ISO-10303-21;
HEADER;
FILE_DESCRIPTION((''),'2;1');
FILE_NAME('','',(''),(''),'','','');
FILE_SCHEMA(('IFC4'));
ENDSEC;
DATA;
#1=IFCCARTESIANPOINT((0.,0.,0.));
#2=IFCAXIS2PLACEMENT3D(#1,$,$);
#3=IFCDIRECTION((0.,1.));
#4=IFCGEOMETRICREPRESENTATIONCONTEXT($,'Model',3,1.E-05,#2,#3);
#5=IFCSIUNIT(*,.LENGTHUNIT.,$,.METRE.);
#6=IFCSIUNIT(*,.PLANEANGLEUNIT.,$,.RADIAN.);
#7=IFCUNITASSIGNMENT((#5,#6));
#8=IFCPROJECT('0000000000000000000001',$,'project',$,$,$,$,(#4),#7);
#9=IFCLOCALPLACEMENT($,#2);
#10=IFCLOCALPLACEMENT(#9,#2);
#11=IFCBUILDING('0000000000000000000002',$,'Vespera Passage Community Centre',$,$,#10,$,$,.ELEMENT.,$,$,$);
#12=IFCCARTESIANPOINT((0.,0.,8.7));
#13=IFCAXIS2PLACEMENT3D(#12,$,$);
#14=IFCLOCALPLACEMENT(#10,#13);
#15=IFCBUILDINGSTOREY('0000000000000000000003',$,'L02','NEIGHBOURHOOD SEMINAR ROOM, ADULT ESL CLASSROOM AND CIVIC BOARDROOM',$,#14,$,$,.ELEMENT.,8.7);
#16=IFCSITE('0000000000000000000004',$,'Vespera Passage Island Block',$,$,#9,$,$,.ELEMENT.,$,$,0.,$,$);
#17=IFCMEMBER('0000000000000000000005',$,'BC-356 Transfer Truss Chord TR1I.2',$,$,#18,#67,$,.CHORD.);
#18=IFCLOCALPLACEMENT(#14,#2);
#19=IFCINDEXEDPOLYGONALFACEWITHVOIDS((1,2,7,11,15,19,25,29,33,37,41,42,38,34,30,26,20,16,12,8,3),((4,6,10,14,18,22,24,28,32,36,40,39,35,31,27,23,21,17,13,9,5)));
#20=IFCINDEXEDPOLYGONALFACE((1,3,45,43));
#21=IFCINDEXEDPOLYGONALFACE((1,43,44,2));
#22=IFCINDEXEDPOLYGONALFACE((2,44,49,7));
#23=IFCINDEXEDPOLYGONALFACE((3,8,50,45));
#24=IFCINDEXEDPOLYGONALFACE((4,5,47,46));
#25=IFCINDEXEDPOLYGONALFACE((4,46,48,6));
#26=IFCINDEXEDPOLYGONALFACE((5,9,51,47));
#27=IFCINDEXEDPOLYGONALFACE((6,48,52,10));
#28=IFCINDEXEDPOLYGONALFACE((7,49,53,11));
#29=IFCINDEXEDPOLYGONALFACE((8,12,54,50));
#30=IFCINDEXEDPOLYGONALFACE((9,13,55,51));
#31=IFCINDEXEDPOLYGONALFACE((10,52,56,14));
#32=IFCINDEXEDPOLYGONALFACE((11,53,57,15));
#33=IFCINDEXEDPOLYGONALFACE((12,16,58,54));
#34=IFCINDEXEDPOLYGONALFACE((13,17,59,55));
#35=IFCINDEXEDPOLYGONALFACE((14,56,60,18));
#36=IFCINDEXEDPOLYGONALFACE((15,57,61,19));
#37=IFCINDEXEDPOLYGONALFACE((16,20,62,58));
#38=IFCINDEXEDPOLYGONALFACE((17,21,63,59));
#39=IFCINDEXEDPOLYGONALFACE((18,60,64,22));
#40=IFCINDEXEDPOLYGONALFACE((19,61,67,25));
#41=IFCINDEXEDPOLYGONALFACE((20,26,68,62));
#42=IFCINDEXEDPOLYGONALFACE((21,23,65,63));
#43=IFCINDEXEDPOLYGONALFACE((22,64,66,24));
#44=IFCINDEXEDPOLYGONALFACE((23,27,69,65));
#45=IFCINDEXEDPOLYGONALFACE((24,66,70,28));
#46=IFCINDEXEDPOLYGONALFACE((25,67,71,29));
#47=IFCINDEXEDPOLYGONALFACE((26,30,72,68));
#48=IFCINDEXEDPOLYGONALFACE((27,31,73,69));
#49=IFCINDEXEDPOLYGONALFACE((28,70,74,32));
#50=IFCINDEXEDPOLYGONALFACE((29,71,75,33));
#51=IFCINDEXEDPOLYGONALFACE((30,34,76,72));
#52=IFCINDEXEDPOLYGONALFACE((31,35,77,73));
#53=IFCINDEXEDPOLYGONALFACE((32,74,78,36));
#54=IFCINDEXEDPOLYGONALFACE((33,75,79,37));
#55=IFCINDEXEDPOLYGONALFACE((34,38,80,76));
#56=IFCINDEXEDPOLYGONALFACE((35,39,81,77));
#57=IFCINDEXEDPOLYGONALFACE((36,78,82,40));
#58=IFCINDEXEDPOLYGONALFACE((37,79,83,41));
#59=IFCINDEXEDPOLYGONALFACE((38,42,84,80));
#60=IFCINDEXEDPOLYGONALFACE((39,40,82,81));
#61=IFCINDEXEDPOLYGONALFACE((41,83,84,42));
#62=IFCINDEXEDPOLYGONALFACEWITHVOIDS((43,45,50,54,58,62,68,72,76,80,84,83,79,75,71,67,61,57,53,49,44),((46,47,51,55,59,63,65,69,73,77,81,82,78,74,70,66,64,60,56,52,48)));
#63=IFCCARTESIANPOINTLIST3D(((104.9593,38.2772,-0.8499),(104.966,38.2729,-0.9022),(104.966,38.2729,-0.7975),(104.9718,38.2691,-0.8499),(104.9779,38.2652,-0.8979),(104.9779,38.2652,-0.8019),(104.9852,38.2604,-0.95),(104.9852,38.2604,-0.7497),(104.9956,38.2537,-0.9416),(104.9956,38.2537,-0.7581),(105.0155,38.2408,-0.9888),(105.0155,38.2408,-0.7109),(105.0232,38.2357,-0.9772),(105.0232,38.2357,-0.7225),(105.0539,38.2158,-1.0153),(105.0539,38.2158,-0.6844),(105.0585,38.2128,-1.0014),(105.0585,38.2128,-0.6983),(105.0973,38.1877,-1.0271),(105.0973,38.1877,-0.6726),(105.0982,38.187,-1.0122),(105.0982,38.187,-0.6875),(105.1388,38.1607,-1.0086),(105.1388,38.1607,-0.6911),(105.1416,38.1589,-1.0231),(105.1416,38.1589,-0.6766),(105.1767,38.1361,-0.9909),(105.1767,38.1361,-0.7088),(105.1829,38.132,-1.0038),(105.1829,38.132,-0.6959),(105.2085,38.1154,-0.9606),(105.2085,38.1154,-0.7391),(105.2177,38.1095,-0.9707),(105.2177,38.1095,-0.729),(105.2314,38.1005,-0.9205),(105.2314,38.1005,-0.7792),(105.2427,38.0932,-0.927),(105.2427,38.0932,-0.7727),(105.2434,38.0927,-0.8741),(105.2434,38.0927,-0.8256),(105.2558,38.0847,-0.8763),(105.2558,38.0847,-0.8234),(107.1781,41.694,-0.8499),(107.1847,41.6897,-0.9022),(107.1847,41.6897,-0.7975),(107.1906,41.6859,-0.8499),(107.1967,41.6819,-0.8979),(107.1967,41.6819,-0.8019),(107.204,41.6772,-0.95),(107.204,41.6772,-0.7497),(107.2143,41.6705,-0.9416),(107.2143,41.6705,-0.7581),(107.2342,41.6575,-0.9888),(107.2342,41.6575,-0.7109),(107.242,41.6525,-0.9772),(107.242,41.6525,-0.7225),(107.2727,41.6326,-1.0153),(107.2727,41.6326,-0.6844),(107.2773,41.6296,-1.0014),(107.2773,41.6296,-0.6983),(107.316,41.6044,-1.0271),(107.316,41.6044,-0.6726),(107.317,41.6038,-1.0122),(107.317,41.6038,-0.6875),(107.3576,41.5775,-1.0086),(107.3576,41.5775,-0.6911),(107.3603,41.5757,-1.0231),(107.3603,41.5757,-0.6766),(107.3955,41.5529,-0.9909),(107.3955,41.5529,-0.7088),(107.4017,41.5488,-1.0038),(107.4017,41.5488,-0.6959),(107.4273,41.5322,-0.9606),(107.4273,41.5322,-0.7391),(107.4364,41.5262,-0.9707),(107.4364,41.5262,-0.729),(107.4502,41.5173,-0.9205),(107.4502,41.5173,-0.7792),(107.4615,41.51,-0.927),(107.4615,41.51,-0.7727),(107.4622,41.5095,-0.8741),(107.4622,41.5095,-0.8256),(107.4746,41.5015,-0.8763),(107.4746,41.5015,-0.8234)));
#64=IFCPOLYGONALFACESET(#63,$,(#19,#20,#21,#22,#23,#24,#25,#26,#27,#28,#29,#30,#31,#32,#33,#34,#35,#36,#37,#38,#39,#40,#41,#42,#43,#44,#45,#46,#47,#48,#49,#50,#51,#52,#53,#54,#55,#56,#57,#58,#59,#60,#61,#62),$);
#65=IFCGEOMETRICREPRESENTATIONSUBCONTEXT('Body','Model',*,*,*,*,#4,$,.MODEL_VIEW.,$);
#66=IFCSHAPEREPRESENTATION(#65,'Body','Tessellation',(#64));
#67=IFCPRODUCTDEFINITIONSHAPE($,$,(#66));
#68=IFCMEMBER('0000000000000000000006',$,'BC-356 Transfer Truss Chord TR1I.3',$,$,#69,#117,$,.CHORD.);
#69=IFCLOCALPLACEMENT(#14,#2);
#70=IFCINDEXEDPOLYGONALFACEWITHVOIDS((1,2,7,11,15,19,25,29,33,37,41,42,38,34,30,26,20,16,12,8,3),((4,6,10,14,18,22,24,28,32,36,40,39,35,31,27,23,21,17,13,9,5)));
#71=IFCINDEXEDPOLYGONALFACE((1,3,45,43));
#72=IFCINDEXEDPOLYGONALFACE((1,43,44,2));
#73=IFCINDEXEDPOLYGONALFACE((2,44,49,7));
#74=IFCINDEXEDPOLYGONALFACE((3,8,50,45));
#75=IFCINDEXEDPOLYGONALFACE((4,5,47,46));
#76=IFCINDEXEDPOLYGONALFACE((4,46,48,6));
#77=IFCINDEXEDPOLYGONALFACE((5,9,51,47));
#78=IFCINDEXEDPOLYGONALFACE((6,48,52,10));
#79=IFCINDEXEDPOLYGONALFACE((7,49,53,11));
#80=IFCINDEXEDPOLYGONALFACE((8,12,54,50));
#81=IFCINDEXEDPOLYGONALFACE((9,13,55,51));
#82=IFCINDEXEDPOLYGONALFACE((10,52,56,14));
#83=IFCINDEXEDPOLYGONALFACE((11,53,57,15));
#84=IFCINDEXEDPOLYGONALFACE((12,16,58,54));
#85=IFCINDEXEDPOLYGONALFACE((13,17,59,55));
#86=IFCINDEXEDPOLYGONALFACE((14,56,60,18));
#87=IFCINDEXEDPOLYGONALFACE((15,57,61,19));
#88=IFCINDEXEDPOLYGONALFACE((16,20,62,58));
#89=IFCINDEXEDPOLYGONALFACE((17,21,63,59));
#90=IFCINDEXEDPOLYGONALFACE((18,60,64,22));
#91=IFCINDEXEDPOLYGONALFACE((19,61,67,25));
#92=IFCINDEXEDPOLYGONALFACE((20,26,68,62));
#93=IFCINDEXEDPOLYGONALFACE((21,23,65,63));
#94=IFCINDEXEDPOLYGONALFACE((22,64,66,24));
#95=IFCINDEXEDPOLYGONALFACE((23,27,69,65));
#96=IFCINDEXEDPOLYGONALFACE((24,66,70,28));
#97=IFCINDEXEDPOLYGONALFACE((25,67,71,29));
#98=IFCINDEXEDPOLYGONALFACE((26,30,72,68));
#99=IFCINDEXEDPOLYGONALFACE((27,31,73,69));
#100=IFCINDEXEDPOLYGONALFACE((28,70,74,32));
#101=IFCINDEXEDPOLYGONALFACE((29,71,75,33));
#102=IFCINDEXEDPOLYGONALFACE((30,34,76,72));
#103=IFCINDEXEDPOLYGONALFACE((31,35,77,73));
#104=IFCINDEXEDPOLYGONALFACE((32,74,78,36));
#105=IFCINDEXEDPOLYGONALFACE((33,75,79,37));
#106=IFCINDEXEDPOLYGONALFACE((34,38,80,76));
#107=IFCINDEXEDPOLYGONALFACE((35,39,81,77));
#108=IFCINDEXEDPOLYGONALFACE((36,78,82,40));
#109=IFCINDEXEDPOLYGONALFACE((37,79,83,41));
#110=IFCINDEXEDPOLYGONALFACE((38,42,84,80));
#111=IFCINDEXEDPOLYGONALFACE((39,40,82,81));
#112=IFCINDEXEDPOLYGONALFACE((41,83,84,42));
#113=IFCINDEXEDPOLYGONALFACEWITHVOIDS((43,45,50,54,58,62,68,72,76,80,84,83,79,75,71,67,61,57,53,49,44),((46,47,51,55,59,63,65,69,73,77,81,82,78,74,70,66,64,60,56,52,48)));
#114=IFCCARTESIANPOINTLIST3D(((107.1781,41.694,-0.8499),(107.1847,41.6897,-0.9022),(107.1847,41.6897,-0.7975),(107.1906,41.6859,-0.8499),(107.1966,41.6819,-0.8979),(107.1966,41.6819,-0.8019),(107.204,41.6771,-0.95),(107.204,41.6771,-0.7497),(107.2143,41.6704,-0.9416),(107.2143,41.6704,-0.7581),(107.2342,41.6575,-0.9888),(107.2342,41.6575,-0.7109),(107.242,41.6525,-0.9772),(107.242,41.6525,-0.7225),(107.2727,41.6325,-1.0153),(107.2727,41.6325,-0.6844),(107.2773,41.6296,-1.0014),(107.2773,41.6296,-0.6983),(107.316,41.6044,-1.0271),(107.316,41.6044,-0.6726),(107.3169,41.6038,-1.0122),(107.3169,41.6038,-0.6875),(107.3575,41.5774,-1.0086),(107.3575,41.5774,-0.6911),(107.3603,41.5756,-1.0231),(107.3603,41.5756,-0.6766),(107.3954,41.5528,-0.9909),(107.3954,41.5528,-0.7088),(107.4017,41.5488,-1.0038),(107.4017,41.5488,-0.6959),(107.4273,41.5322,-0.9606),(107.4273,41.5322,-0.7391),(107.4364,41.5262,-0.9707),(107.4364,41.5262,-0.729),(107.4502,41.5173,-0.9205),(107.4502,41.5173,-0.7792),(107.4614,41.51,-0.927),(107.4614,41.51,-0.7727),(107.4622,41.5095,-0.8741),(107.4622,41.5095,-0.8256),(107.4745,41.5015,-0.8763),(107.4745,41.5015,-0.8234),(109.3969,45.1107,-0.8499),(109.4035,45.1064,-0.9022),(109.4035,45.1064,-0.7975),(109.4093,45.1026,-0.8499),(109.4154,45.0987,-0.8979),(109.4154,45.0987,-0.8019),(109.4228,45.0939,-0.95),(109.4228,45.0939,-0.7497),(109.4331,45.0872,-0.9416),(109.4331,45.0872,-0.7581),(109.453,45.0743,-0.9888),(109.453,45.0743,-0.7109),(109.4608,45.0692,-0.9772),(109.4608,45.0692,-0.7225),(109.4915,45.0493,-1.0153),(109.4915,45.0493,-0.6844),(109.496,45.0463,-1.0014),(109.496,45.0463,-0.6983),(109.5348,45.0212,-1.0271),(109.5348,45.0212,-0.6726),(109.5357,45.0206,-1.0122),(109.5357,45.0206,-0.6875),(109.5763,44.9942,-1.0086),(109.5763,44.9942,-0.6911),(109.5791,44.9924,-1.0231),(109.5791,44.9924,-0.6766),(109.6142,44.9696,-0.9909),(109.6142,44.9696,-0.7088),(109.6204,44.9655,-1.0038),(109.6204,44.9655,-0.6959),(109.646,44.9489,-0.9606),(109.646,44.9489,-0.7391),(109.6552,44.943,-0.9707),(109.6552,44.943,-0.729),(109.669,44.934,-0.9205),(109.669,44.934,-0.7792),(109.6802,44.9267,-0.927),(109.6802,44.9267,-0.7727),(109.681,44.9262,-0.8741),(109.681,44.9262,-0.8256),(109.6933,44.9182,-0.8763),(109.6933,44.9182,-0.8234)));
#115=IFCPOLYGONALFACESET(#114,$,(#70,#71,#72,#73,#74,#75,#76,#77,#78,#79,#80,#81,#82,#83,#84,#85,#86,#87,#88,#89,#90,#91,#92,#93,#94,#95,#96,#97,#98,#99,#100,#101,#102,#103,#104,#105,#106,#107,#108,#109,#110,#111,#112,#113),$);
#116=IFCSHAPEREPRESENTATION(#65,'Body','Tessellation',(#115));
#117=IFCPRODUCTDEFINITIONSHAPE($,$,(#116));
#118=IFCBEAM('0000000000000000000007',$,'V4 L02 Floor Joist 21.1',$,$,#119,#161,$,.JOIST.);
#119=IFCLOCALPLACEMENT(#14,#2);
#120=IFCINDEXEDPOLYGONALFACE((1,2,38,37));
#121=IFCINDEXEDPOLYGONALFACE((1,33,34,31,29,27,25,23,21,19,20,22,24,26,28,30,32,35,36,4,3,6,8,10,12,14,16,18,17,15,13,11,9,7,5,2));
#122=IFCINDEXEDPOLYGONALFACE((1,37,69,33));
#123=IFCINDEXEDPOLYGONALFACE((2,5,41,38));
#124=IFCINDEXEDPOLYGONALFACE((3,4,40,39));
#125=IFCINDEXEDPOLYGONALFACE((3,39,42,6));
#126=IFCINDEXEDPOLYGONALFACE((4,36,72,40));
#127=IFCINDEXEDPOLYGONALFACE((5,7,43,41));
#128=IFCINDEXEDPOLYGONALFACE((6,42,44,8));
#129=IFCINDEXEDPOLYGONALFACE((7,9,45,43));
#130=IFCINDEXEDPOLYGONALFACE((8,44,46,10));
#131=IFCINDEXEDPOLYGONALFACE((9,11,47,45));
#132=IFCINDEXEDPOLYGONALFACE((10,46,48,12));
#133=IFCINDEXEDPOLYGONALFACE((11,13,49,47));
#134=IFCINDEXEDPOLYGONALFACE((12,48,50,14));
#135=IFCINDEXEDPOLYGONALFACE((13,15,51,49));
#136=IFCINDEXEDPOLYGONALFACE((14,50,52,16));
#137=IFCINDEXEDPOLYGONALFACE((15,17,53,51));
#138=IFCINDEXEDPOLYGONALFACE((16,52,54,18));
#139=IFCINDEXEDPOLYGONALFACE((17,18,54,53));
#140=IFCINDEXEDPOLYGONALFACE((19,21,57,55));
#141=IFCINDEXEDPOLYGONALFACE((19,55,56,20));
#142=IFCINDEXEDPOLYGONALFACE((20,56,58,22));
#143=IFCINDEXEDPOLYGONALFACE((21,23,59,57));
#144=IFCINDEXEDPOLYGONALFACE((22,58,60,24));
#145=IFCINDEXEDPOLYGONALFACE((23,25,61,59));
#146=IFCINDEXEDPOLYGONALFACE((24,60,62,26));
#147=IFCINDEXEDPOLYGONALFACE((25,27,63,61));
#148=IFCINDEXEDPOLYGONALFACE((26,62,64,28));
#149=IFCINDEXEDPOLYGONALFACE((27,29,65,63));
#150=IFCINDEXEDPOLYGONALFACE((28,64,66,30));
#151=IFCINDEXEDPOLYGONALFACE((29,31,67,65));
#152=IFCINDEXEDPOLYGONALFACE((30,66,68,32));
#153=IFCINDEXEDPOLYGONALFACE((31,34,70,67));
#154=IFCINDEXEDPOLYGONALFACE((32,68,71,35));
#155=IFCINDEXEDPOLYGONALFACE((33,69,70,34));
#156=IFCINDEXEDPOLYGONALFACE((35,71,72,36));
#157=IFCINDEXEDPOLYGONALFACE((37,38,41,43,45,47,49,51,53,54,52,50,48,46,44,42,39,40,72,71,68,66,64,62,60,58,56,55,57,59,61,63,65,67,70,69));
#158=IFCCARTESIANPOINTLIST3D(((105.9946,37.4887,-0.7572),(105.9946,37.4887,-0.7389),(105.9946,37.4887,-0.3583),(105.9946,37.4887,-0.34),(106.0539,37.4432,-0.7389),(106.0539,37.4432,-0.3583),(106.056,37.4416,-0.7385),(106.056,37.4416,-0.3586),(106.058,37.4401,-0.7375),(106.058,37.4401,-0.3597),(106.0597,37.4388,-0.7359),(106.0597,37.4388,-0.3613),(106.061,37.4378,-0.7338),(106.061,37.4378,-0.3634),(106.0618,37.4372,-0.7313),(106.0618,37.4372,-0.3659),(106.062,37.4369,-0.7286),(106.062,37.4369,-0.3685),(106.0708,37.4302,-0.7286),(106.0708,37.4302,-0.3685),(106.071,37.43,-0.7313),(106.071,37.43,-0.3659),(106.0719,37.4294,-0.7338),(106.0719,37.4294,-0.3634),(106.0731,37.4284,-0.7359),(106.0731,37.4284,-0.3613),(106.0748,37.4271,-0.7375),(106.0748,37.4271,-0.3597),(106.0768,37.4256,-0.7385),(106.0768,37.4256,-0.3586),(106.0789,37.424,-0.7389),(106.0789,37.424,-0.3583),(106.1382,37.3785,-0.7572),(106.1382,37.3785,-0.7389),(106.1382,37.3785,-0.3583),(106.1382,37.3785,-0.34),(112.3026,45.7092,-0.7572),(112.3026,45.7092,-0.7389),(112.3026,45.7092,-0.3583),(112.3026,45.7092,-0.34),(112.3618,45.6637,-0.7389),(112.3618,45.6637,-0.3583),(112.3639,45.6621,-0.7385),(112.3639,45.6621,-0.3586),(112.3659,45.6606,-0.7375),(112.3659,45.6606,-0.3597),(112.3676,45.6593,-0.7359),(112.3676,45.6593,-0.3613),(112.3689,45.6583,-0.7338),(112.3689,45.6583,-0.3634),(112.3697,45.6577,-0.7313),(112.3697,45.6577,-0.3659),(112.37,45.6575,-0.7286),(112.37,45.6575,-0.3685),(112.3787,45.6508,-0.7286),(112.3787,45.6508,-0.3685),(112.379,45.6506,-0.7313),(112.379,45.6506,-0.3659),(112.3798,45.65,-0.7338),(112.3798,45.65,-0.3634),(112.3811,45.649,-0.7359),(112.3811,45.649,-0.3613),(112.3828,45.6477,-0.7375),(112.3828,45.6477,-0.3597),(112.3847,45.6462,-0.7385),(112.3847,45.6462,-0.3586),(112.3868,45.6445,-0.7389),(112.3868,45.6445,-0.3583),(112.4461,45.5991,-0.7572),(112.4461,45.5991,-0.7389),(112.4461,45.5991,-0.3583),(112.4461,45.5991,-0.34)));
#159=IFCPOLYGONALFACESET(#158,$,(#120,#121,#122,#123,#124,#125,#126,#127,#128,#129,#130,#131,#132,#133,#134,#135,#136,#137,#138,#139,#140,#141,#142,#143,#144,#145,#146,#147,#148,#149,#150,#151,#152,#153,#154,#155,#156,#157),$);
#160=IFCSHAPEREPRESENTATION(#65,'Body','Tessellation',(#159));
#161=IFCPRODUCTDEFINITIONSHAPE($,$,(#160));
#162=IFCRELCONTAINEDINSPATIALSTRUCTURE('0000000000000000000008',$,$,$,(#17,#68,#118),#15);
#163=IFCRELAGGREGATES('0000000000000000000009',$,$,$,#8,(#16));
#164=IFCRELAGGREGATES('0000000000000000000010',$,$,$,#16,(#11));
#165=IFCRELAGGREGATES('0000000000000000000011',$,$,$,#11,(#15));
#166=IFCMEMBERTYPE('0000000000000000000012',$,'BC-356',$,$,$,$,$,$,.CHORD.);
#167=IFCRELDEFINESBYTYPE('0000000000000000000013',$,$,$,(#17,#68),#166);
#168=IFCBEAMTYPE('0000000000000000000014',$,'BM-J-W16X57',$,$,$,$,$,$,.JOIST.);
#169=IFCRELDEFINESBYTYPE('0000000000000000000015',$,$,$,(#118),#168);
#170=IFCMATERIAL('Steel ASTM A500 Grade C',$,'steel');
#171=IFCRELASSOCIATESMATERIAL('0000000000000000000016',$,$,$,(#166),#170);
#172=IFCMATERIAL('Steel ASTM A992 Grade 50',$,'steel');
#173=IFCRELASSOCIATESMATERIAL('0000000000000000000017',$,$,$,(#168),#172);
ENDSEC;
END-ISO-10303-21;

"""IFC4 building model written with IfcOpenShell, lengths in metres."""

from ifc_helpers import new_model, si_unit, direction, frame, origin, origin_2d, place, context, subcontext, project, spatial, hollow_circle, i_section, extrude, material, material_profile, profile_set, type_object, element, save


model = new_model("IFC4")

# Units and contexts
model_context = context("Model", 3, precision=1e-05, world=origin(), true_north=direction((0.0, 1.0)))
body_context = subcontext(model_context, "Body", "Model", "MODEL_VIEW")
ifc_project = project(units=[si_unit("LENGTHUNIT", "METRE"), si_unit("PLANEANGLEUNIT", "RADIAN")], contexts=[model_context])

# Site, building, storey
site_placement = place(None, origin())
site = spatial("IfcSite", under=ifc_project, at=site_placement, Name="Vespera Passage Island Block", CompositionType="ELEMENT", RefElevation=0.0)
building_placement = place(site_placement, origin())
building = spatial("IfcBuilding", under=site, at=building_placement, Name="Vespera Passage Community Centre", CompositionType="ELEMENT")
storey_placement = place(building_placement, frame((0.0, 0.0, 8.7)))
storey = spatial("IfcBuildingStorey", under=building, at=storey_placement, Name="L02", Description="NEIGHBOURHOOD SEMINAR ROOM, ADULT ESL CLASSROOM AND CIVIC BOARDROOM", CompositionType="ELEMENT", Elevation=8.7)

# Members
ifc_material_1 = material(Name="Steel ASTM A500 Grade C", Category="steel")
ifc_material_profile_1 = material_profile(ifc_material_1, hollow_circle(Radius=0.1777, WallThickness=0.0149, at=origin_2d()), Name="CHS356X15.9")
ifc_profile_set_1 = profile_set([ifc_material_profile_1], Name="Steel ASTM A500 Grade C")
member_type_1 = type_object("IfcMemberType", Name="BC-356", PredefinedType="CHORD", material=ifc_profile_set_1)
for number, where, z_axis, x_axis, name in (
    (1, (105.1084, 38.1804, -0.8499), (0.54462, 0.838683, 0.0), (-0.838683, 0.54462, 0.0), "BC-356 Transfer Truss Chord TR1I.2"),
    (2, (107.3271, 41.5972, -0.8499), (0.54462, 0.838683, 0.0), (-0.838683, 0.54462, 0.0), "BC-356 Transfer Truss Chord TR1I.3"),
):
    element("IfcMember", number, at=place(storey_placement, frame(where, z_axis=z_axis, x_axis=x_axis)), inside=storey, type_object=member_type_1, Name=name, PredefinedType="CHORD", context=body_context, shape_type="SweptSolid", body=[
        extrude(hollow_circle(Radius=0.1777, WallThickness=0.0149, at=origin_2d()), origin(), (0.0, 0.0, 1.0), 4.074),
    ])

# Beam
ifc_material_2 = material(Name="Steel ASTM A992 Grade 50", Category="steel")
ifc_material_profile_2 = material_profile(ifc_material_2, i_section(OverallWidth=0.1809, OverallDepth=0.4172, WebThickness=0.011, FlangeThickness=0.0183, FilletRadius=0.0103, at=origin_2d()), Name="W16X57")
ifc_profile_set_2 = profile_set([ifc_material_profile_2], Name="Steel ASTM A992 Grade 50")
beam_type_1 = type_object("IfcBeamType", Name="BM-J-W16X57", PredefinedType="JOIST", material=ifc_profile_set_2)
beam_1_placement = place(storey_placement, frame((106.0664, 37.4336, -0.5486), z_axis=(0.608766, 0.79335, 0.0), x_axis=(-0.79335, 0.608766, 0.0)))
element("IfcBeam", 3, at=beam_1_placement, inside=storey, type_object=beam_type_1, Name="V4 L02 Floor Joist 21.1", PredefinedType="JOIST", context=body_context, shape_type="SweptSolid", body=[
    extrude(i_section(OverallWidth=0.1809, OverallDepth=0.4172, WebThickness=0.011, FlangeThickness=0.0183, FilletRadius=0.0103, at=origin_2d()), origin(), (0.0, 0.0, 1.0), 10.3618),
])

save(model, "model.ifc")
